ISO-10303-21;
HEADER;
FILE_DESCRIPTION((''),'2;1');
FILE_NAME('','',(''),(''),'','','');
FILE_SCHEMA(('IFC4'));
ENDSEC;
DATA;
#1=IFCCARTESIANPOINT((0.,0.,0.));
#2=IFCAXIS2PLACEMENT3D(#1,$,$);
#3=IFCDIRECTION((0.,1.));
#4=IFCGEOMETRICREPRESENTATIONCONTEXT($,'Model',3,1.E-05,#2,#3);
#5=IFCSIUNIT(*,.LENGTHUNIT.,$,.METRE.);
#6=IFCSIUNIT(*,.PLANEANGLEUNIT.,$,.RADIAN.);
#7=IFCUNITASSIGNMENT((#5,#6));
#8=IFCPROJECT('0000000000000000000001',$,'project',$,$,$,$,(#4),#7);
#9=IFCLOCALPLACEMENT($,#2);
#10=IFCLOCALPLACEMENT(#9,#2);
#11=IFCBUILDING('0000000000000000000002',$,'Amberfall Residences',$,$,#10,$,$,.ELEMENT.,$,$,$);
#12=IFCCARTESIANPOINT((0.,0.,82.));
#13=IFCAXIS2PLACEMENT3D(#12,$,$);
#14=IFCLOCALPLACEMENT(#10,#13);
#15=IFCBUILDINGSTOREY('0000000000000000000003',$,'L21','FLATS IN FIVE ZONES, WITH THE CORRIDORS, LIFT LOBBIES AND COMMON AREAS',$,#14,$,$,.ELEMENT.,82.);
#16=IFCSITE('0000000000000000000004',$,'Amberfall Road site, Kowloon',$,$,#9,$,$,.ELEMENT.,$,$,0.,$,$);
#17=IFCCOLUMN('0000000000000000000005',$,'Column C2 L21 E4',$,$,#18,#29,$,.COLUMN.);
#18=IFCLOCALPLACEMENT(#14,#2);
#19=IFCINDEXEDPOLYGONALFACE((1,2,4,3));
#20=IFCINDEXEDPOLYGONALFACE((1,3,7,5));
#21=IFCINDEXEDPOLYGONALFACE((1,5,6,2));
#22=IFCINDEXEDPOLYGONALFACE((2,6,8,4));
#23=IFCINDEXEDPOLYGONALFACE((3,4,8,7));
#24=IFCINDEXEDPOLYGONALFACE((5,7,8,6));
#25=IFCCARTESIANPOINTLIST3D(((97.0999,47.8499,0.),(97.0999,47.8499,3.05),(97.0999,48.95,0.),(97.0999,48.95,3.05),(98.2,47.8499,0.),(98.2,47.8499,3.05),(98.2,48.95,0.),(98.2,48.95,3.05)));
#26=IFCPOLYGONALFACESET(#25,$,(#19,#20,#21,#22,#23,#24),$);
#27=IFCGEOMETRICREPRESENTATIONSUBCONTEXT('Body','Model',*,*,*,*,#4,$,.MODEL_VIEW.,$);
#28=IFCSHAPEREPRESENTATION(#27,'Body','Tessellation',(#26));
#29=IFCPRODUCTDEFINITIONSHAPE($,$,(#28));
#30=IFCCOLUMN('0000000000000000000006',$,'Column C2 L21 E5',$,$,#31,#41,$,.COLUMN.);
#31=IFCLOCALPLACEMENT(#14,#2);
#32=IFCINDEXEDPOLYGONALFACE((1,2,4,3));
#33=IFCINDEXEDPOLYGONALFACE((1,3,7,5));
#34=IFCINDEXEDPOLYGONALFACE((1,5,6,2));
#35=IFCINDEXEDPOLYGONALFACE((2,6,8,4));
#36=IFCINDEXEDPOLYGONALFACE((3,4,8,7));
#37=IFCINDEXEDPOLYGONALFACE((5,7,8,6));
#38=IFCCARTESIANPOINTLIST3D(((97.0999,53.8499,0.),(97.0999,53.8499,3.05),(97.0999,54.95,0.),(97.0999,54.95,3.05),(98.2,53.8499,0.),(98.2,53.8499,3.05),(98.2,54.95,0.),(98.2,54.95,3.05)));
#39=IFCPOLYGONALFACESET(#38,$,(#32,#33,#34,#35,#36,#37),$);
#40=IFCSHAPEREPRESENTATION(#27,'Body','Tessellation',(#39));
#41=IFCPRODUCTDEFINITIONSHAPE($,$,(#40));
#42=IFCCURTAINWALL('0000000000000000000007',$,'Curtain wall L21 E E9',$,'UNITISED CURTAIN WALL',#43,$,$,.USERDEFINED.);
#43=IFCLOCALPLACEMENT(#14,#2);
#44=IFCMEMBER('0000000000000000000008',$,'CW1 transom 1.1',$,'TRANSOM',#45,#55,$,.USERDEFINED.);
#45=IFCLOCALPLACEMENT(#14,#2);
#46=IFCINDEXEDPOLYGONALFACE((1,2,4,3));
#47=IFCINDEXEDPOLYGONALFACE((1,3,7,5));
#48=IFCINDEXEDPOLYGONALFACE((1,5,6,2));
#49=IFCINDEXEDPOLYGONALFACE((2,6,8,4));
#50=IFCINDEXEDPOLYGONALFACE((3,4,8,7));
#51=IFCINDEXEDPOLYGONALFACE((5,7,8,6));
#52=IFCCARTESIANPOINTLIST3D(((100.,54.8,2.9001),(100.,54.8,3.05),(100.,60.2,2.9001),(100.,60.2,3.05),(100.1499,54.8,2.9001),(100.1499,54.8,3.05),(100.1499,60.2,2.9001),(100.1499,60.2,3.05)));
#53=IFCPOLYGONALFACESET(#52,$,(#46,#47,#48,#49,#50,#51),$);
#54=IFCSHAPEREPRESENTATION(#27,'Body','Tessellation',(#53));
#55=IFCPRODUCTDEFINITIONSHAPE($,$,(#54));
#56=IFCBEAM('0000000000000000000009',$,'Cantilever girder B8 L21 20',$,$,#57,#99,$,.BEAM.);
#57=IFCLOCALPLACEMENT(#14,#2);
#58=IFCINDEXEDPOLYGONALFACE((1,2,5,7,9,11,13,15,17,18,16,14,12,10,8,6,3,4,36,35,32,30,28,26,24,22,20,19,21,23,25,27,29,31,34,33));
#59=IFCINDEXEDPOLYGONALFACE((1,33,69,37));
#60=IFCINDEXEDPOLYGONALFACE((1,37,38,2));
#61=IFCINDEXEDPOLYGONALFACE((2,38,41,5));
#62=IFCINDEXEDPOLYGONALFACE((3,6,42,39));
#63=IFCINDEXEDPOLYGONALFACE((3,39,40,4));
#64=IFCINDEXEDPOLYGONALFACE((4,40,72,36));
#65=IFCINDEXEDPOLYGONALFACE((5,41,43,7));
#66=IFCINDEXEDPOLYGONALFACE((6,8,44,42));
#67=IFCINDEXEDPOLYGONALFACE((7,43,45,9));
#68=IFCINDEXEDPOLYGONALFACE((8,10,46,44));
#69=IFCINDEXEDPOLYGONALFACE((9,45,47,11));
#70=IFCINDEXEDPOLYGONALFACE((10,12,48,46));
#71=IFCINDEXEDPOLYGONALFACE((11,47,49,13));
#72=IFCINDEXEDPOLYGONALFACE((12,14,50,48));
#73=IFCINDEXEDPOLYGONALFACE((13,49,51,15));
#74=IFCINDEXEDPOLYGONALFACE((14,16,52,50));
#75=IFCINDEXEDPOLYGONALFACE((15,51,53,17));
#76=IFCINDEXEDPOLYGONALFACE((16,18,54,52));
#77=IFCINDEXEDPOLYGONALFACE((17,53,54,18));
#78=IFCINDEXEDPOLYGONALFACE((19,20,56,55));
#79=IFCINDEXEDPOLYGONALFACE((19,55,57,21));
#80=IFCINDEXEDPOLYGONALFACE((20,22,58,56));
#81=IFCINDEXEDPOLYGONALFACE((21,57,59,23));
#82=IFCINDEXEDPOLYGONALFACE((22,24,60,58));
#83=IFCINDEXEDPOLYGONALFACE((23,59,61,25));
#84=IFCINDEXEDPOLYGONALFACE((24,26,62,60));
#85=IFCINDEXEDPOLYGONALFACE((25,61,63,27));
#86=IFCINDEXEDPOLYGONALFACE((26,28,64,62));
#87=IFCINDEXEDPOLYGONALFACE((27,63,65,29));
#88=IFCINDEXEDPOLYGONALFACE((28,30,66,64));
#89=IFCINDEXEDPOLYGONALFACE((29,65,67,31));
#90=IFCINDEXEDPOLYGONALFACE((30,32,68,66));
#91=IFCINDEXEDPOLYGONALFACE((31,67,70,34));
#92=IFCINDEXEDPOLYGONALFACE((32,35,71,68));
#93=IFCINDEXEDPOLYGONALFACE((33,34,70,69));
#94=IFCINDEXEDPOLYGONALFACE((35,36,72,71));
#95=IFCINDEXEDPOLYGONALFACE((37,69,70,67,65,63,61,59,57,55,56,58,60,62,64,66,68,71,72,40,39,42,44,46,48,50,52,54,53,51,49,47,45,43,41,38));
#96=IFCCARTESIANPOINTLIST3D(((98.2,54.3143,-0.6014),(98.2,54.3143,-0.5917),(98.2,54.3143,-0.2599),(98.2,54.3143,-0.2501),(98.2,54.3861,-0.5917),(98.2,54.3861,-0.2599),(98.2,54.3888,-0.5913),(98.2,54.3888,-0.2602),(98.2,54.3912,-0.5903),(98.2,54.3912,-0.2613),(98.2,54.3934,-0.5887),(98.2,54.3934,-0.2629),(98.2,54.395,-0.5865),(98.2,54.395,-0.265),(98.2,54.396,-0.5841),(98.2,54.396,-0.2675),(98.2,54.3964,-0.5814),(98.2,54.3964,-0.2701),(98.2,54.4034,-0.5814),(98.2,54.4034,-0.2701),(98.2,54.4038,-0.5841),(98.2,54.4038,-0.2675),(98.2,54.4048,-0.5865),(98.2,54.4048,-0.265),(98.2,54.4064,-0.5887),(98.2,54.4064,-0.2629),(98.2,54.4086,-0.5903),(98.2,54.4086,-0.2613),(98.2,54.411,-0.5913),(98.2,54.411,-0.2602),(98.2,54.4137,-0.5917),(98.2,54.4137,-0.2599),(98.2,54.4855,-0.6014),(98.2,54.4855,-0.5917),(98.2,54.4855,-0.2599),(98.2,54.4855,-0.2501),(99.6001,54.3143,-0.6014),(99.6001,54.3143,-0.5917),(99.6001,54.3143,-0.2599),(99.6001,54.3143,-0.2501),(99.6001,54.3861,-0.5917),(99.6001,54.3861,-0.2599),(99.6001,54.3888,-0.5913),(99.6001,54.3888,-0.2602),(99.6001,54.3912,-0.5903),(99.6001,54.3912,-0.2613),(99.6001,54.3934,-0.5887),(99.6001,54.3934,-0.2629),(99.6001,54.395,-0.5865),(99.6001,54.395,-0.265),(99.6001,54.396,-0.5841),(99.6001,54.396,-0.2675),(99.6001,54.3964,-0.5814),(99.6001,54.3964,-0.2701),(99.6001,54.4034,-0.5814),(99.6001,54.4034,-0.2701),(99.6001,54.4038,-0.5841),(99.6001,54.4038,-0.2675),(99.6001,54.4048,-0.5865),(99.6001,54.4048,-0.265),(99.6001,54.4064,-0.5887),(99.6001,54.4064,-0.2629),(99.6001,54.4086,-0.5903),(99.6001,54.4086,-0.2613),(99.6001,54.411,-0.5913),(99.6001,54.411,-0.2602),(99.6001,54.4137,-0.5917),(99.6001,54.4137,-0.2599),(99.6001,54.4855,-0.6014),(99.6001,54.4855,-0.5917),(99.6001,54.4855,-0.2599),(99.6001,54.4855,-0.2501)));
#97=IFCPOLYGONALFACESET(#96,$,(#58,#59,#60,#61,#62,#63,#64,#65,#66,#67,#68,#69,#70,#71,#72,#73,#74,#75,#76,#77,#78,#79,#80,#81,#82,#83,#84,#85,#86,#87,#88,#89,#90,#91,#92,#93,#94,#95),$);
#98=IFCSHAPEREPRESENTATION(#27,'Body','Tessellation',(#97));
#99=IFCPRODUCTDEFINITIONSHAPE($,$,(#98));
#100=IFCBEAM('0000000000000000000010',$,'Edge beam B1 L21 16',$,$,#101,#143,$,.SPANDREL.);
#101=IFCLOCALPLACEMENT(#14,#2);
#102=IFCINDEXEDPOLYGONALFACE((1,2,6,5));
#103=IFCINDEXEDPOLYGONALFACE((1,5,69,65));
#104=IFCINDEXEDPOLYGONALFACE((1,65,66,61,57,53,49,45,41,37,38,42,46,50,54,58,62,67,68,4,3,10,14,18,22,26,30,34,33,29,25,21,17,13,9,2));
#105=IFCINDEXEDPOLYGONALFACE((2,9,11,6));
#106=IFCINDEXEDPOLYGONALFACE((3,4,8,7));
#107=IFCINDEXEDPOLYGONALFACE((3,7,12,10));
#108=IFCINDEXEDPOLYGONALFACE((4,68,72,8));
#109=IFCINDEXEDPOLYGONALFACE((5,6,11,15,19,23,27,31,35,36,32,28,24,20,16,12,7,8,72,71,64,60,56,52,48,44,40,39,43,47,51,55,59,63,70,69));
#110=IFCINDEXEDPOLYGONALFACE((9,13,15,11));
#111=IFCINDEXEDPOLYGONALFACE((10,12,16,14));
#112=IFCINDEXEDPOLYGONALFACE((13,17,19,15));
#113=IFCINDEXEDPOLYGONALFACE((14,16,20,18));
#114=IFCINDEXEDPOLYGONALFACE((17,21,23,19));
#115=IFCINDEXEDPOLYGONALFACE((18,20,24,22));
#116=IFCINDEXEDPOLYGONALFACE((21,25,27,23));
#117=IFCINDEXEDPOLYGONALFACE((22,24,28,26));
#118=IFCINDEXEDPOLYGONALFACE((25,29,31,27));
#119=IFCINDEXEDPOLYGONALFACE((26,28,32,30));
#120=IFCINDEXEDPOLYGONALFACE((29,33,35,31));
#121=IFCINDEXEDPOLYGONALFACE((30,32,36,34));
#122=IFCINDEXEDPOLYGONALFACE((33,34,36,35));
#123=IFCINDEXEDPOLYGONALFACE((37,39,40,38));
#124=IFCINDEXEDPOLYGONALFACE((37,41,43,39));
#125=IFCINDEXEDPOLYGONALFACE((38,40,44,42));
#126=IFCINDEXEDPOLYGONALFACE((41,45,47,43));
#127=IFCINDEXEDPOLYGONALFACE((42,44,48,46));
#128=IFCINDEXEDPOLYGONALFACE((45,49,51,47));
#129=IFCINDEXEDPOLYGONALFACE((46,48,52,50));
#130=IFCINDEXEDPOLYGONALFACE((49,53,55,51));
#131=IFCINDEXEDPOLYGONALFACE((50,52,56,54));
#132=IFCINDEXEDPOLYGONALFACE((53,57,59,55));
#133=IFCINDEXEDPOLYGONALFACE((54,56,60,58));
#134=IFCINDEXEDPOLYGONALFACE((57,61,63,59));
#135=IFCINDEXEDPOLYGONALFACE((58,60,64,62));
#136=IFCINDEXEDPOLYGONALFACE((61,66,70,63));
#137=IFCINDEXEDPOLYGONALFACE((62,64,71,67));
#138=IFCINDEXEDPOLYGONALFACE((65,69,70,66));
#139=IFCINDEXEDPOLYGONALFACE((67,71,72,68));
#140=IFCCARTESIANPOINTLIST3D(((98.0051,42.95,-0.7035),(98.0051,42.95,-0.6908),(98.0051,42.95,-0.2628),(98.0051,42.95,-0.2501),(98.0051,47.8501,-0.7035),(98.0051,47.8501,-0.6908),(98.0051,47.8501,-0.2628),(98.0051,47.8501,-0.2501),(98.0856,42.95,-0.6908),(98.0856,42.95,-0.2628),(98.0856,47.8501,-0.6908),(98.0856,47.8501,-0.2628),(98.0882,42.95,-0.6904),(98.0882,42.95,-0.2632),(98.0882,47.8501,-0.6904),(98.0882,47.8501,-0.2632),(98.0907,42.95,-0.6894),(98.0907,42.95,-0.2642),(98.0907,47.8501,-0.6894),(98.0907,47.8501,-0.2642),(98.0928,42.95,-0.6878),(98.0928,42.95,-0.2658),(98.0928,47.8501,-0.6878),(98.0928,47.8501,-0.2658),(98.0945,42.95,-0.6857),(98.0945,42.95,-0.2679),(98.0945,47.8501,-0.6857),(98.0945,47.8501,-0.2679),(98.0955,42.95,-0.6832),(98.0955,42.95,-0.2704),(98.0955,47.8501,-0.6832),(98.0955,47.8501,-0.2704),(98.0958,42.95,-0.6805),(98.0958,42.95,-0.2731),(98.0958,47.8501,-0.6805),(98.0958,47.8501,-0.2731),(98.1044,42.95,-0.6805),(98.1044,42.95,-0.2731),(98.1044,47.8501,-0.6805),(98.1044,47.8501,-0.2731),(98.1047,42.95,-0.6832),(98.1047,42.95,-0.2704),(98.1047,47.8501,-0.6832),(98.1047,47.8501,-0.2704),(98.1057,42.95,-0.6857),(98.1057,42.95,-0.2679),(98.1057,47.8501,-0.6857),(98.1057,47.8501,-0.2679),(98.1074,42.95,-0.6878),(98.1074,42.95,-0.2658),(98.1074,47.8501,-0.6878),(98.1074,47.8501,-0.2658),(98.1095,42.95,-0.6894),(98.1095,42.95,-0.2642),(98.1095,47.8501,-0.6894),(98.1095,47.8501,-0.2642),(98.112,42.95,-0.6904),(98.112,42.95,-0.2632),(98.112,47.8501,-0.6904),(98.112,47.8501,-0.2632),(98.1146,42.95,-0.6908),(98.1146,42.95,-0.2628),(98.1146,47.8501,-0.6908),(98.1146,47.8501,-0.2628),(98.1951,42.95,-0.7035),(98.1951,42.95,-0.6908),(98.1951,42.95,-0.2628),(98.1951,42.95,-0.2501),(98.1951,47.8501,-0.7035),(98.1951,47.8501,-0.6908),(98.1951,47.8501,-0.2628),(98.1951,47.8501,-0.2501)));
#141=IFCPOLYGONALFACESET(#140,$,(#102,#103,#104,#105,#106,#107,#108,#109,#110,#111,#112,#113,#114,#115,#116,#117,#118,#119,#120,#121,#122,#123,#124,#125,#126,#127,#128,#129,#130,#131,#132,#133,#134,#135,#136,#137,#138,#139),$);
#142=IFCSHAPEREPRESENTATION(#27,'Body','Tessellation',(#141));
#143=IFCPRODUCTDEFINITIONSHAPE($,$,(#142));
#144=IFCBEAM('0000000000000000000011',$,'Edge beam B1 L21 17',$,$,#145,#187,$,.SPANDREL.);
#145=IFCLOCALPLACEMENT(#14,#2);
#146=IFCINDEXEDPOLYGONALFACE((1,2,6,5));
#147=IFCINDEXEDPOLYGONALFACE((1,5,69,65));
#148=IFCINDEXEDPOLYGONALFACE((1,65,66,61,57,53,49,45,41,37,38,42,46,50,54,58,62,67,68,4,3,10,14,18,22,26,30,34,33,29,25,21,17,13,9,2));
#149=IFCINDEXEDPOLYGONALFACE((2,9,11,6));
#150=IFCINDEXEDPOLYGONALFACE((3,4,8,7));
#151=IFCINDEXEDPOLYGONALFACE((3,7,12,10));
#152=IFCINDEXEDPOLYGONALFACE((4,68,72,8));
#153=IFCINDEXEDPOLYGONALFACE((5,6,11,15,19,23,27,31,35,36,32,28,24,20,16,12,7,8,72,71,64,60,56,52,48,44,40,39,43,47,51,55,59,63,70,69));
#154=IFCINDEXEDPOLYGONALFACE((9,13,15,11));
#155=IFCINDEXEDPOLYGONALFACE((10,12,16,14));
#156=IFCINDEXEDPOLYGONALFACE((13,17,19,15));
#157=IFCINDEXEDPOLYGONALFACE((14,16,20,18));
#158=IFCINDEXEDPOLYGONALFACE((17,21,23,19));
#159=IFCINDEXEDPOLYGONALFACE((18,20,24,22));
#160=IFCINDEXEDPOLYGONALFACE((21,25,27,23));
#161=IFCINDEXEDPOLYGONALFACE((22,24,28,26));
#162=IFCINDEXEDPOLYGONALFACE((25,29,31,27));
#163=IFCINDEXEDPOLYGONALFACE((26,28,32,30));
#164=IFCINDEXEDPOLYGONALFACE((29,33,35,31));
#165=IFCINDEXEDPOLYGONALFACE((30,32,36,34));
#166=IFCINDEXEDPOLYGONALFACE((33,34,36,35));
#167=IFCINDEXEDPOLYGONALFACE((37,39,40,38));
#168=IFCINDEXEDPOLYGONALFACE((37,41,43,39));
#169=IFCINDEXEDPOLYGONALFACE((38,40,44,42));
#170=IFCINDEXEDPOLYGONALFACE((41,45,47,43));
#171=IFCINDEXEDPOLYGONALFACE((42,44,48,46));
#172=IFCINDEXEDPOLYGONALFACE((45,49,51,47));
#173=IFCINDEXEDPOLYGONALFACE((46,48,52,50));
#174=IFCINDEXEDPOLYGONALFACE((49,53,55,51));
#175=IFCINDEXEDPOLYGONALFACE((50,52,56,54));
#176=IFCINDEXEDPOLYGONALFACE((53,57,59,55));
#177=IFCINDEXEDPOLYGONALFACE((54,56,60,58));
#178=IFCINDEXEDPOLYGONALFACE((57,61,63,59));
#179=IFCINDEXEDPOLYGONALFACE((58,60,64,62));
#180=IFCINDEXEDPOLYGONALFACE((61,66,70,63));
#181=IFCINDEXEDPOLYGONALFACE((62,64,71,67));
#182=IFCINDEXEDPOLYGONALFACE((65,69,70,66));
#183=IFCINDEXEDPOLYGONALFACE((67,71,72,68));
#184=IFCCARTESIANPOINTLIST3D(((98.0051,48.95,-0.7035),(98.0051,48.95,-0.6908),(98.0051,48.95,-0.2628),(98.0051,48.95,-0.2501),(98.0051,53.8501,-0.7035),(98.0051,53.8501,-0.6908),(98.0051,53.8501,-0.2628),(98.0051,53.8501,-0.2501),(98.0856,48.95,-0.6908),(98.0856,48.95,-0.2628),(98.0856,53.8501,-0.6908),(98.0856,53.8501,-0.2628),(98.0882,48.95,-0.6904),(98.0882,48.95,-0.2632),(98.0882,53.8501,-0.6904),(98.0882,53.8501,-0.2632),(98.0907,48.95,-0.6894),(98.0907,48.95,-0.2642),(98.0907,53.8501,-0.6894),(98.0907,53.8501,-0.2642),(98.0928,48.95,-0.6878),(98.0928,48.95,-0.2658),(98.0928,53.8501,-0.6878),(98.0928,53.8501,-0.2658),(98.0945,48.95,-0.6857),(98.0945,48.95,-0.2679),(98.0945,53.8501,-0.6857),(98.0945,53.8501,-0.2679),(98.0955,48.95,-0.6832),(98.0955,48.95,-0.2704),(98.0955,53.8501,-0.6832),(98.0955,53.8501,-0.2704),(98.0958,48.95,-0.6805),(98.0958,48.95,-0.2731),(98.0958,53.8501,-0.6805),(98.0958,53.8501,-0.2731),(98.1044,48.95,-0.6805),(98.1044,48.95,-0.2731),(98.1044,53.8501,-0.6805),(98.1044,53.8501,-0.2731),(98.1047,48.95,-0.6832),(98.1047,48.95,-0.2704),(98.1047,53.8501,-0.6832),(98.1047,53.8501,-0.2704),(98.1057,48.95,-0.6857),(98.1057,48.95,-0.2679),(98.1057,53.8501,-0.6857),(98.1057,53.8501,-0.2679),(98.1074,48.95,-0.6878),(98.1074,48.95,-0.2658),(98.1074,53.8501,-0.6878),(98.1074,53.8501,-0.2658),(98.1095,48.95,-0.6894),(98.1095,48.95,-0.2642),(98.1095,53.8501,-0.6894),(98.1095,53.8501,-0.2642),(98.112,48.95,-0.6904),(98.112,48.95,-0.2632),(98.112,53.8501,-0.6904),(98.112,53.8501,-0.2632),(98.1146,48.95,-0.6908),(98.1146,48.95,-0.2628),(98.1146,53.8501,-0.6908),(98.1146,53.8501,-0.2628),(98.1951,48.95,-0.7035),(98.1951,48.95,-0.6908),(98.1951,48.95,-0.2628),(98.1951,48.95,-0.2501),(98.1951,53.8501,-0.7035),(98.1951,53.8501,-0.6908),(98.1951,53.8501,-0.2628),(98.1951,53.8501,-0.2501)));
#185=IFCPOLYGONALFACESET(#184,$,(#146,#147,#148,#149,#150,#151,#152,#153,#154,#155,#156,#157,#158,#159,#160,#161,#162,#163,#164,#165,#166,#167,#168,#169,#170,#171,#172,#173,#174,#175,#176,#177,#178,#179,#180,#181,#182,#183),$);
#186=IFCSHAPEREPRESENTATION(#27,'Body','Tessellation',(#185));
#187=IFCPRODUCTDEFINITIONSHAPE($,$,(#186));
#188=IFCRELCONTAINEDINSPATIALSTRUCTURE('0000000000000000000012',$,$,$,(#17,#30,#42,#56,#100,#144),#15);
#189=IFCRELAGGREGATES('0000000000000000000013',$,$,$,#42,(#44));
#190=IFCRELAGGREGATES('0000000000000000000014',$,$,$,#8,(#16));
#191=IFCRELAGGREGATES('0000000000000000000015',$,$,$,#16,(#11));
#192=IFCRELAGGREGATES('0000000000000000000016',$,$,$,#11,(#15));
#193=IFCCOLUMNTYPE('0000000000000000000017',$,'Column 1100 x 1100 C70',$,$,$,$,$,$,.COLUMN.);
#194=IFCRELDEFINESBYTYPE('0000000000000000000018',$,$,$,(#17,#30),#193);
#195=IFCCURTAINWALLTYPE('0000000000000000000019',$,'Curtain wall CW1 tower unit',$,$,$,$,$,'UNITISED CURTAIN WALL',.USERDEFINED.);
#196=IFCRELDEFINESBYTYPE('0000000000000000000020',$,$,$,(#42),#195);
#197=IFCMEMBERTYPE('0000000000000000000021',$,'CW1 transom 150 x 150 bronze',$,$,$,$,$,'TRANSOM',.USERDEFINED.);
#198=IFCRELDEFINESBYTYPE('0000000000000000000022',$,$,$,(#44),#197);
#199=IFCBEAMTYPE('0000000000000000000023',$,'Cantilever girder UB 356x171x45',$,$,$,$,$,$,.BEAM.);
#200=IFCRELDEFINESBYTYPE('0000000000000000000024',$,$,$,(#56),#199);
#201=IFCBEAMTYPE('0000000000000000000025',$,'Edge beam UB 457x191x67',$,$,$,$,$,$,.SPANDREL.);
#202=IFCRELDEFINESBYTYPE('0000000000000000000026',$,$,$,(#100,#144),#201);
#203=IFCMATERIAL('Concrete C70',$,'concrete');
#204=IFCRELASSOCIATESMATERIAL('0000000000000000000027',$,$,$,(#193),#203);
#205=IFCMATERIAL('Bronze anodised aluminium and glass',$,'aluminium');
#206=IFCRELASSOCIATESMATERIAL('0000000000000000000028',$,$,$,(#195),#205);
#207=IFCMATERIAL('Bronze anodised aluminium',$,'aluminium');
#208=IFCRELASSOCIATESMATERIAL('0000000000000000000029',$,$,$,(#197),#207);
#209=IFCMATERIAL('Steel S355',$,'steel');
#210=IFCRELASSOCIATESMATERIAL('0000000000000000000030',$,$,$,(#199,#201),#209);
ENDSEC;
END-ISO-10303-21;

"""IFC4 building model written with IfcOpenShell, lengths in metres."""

from ifc_helpers import new_model, si_unit, direction, frame, origin, origin_2d, place, context, subcontext, project, spatial, rectangle, i_section, extrude, material, material_profile, profile_set, type_object, element, aggregate, save


model = new_model("IFC4")

# Units and contexts
model_context = context("Model", 3, precision=1e-05, world=origin(), true_north=direction((0.0, 1.0)))
body_context = subcontext(model_context, "Body", "Model", "MODEL_VIEW")
ifc_project = project(units=[si_unit("LENGTHUNIT", "METRE"), si_unit("PLANEANGLEUNIT", "RADIAN")], contexts=[model_context])

# Site, building, storey
site_placement = place(None, origin())
site = spatial("IfcSite", under=ifc_project, at=site_placement, Name="Amberfall Road site, Kowloon", CompositionType="ELEMENT", RefElevation=0.0)
building_placement = place(site_placement, origin())
building = spatial("IfcBuilding", under=site, at=building_placement, Name="Amberfall Residences", CompositionType="ELEMENT")
storey_placement = place(building_placement, frame((0.0, 0.0, 82.0)))
storey = spatial("IfcBuildingStorey", under=building, at=storey_placement, Name="L21", Description="FLATS IN FIVE ZONES, WITH THE CORRIDORS, LIFT LOBBIES AND COMMON AREAS", CompositionType="ELEMENT", Elevation=82.0)

# Columns
ifc_material_1 = material(Name="Concrete C70", Category="concrete")
ifc_material_profile_1 = material_profile(ifc_material_1, rectangle(XDim=1.1001, YDim=1.1001, at=origin_2d()), Name="Column 1100 x 1100 C70")
ifc_profile_set_1 = profile_set([ifc_material_profile_1], Name="Concrete C70")
column_type = type_object("IfcColumnType", Name="Column 1100 x 1100 C70", PredefinedType="COLUMN", material=ifc_profile_set_1)
for number, where, z_axis, x_axis, name in (
    (1, (97.6499, 48.3999, 0.0), (0.0, 0.0, 1.0), (1.0, 0.0, 0.0), "Column C2 L21 E4"),
    (2, (97.6499, 54.3999, 0.0), (0.0, 0.0, 1.0), (1.0, 0.0, 0.0), "Column C2 L21 E5"),
):
    element("IfcColumn", number, at=place(storey_placement, frame(where, z_axis=z_axis, x_axis=x_axis)), inside=storey, type_object=column_type, Name=name, PredefinedType="COLUMN", context=body_context, shape_type="SweptSolid", body=[
        extrude(rectangle(XDim=1.1001, YDim=1.1001, at=origin_2d()), origin(), (0.0, 0.0, 1.0), 3.05),
    ])

# Curtain wall, member
ifc_material_2 = material(Name="Bronze anodised aluminium and glass", Category="aluminium")
curtain_wall_type = type_object("IfcCurtainWallType", Name="Curtain wall CW1 tower unit", ElementType="UNITISED CURTAIN WALL", PredefinedType="USERDEFINED", material=ifc_material_2)
curtain_wall_placement = place(storey_placement, origin())
curtain_wall = element("IfcCurtainWall", 3, at=curtain_wall_placement, inside=storey, type_object=curtain_wall_type, Name="Curtain wall L21 E E9", ObjectType="UNITISED CURTAIN WALL", PredefinedType="USERDEFINED")
ifc_material_3 = material(Name="Bronze anodised aluminium", Category="aluminium")
ifc_material_profile_2 = material_profile(ifc_material_3, rectangle(XDim=0.1499, YDim=0.1499, at=origin_2d()), Name="CW1 transom 150 x 150 bronze")
ifc_profile_set_2 = profile_set([ifc_material_profile_2], Name="Bronze anodised aluminium")
member_type_1 = type_object("IfcMemberType", Name="CW1 transom 150 x 150 bronze", ElementType="TRANSOM", PredefinedType="USERDEFINED", material=ifc_profile_set_2)
member_1_placement = place(storey_placement, frame((100.075, 54.8, 2.9751), z_axis=(0.0, 1.0, 0.0), x_axis=(-1.0, 0.0, 0.0)))
member_1 = element("IfcMember", 4, at=member_1_placement, type_object=member_type_1, Name="CW1 transom 1.1", ObjectType="TRANSOM", PredefinedType="USERDEFINED", context=body_context, shape_type="SweptSolid", body=[
    extrude(rectangle(XDim=0.1499, YDim=0.1499, at=origin_2d()), origin(), (0.0, 0.0, 1.0), 5.3999),
])

# Beams
ifc_material_4 = material(Name="Steel S355", Category="steel")
ifc_material_profile_3 = material_profile(ifc_material_4, i_section(OverallWidth=0.1711, OverallDepth=0.3513, WebThickness=0.0071, FlangeThickness=0.0098, FilletRadius=0.0103, at=origin_2d()), Name="UB 356x171x45")
ifc_profile_set_3 = profile_set([ifc_material_profile_3], Name="Steel S355")
beam_type_1 = type_object("IfcBeamType", Name="Cantilever girder UB 356x171x45", PredefinedType="BEAM", material=ifc_profile_set_3)
beam_1_placement = place(storey_placement, frame((98.2, 54.3999, -0.4258), z_axis=(1.0, 0.0, 0.0), x_axis=(0.0, 1.0, 0.0)))
element("IfcBeam", 5, at=beam_1_placement, inside=storey, type_object=beam_type_1, Name="Cantilever girder B8 L21 20", PredefinedType="BEAM", context=body_context, shape_type="SweptSolid", body=[
    extrude(i_section(OverallWidth=0.1711, OverallDepth=0.3513, WebThickness=0.0071, FlangeThickness=0.0098, FilletRadius=0.0103, at=origin_2d()), origin(), (0.0, 0.0, 1.0), 1.4001),
])
ifc_material_profile_4 = material_profile(ifc_material_4, i_section(OverallWidth=0.1899, OverallDepth=0.4534, WebThickness=0.0085, FlangeThickness=0.0127, FilletRadius=0.0103, at=origin_2d()), Name="UB 457x191x67")
ifc_profile_set_4 = profile_set([ifc_material_profile_4], Name="Steel S355")
beam_type_2 = type_object("IfcBeamType", Name="Edge beam UB 457x191x67", PredefinedType="SPANDREL", material=ifc_profile_set_4)
for number, where, z_axis, x_axis, name in (
    (6, (98.1001, 42.95, -0.4768), (0.0, 1.0, 0.0), (-1.0, 0.0, 0.0), "Edge beam B1 L21 16"),
    (7, (98.1001, 48.95, -0.4768), (0.0, 1.0, 0.0), (-1.0, 0.0, 0.0), "Edge beam B1 L21 17"),
):
    element("IfcBeam", number, at=place(storey_placement, frame(where, z_axis=z_axis, x_axis=x_axis)), inside=storey, type_object=beam_type_2, Name=name, PredefinedType="SPANDREL", context=body_context, shape_type="SweptSolid", body=[
        extrude(i_section(OverallWidth=0.1899, OverallDepth=0.4534, WebThickness=0.0085, FlangeThickness=0.0127, FilletRadius=0.0103, at=origin_2d()), origin(), (0.0, 0.0, 1.0), 4.9001),
    ])

aggregate(curtain_wall, [member_1])

save(model, "model.ifc")
